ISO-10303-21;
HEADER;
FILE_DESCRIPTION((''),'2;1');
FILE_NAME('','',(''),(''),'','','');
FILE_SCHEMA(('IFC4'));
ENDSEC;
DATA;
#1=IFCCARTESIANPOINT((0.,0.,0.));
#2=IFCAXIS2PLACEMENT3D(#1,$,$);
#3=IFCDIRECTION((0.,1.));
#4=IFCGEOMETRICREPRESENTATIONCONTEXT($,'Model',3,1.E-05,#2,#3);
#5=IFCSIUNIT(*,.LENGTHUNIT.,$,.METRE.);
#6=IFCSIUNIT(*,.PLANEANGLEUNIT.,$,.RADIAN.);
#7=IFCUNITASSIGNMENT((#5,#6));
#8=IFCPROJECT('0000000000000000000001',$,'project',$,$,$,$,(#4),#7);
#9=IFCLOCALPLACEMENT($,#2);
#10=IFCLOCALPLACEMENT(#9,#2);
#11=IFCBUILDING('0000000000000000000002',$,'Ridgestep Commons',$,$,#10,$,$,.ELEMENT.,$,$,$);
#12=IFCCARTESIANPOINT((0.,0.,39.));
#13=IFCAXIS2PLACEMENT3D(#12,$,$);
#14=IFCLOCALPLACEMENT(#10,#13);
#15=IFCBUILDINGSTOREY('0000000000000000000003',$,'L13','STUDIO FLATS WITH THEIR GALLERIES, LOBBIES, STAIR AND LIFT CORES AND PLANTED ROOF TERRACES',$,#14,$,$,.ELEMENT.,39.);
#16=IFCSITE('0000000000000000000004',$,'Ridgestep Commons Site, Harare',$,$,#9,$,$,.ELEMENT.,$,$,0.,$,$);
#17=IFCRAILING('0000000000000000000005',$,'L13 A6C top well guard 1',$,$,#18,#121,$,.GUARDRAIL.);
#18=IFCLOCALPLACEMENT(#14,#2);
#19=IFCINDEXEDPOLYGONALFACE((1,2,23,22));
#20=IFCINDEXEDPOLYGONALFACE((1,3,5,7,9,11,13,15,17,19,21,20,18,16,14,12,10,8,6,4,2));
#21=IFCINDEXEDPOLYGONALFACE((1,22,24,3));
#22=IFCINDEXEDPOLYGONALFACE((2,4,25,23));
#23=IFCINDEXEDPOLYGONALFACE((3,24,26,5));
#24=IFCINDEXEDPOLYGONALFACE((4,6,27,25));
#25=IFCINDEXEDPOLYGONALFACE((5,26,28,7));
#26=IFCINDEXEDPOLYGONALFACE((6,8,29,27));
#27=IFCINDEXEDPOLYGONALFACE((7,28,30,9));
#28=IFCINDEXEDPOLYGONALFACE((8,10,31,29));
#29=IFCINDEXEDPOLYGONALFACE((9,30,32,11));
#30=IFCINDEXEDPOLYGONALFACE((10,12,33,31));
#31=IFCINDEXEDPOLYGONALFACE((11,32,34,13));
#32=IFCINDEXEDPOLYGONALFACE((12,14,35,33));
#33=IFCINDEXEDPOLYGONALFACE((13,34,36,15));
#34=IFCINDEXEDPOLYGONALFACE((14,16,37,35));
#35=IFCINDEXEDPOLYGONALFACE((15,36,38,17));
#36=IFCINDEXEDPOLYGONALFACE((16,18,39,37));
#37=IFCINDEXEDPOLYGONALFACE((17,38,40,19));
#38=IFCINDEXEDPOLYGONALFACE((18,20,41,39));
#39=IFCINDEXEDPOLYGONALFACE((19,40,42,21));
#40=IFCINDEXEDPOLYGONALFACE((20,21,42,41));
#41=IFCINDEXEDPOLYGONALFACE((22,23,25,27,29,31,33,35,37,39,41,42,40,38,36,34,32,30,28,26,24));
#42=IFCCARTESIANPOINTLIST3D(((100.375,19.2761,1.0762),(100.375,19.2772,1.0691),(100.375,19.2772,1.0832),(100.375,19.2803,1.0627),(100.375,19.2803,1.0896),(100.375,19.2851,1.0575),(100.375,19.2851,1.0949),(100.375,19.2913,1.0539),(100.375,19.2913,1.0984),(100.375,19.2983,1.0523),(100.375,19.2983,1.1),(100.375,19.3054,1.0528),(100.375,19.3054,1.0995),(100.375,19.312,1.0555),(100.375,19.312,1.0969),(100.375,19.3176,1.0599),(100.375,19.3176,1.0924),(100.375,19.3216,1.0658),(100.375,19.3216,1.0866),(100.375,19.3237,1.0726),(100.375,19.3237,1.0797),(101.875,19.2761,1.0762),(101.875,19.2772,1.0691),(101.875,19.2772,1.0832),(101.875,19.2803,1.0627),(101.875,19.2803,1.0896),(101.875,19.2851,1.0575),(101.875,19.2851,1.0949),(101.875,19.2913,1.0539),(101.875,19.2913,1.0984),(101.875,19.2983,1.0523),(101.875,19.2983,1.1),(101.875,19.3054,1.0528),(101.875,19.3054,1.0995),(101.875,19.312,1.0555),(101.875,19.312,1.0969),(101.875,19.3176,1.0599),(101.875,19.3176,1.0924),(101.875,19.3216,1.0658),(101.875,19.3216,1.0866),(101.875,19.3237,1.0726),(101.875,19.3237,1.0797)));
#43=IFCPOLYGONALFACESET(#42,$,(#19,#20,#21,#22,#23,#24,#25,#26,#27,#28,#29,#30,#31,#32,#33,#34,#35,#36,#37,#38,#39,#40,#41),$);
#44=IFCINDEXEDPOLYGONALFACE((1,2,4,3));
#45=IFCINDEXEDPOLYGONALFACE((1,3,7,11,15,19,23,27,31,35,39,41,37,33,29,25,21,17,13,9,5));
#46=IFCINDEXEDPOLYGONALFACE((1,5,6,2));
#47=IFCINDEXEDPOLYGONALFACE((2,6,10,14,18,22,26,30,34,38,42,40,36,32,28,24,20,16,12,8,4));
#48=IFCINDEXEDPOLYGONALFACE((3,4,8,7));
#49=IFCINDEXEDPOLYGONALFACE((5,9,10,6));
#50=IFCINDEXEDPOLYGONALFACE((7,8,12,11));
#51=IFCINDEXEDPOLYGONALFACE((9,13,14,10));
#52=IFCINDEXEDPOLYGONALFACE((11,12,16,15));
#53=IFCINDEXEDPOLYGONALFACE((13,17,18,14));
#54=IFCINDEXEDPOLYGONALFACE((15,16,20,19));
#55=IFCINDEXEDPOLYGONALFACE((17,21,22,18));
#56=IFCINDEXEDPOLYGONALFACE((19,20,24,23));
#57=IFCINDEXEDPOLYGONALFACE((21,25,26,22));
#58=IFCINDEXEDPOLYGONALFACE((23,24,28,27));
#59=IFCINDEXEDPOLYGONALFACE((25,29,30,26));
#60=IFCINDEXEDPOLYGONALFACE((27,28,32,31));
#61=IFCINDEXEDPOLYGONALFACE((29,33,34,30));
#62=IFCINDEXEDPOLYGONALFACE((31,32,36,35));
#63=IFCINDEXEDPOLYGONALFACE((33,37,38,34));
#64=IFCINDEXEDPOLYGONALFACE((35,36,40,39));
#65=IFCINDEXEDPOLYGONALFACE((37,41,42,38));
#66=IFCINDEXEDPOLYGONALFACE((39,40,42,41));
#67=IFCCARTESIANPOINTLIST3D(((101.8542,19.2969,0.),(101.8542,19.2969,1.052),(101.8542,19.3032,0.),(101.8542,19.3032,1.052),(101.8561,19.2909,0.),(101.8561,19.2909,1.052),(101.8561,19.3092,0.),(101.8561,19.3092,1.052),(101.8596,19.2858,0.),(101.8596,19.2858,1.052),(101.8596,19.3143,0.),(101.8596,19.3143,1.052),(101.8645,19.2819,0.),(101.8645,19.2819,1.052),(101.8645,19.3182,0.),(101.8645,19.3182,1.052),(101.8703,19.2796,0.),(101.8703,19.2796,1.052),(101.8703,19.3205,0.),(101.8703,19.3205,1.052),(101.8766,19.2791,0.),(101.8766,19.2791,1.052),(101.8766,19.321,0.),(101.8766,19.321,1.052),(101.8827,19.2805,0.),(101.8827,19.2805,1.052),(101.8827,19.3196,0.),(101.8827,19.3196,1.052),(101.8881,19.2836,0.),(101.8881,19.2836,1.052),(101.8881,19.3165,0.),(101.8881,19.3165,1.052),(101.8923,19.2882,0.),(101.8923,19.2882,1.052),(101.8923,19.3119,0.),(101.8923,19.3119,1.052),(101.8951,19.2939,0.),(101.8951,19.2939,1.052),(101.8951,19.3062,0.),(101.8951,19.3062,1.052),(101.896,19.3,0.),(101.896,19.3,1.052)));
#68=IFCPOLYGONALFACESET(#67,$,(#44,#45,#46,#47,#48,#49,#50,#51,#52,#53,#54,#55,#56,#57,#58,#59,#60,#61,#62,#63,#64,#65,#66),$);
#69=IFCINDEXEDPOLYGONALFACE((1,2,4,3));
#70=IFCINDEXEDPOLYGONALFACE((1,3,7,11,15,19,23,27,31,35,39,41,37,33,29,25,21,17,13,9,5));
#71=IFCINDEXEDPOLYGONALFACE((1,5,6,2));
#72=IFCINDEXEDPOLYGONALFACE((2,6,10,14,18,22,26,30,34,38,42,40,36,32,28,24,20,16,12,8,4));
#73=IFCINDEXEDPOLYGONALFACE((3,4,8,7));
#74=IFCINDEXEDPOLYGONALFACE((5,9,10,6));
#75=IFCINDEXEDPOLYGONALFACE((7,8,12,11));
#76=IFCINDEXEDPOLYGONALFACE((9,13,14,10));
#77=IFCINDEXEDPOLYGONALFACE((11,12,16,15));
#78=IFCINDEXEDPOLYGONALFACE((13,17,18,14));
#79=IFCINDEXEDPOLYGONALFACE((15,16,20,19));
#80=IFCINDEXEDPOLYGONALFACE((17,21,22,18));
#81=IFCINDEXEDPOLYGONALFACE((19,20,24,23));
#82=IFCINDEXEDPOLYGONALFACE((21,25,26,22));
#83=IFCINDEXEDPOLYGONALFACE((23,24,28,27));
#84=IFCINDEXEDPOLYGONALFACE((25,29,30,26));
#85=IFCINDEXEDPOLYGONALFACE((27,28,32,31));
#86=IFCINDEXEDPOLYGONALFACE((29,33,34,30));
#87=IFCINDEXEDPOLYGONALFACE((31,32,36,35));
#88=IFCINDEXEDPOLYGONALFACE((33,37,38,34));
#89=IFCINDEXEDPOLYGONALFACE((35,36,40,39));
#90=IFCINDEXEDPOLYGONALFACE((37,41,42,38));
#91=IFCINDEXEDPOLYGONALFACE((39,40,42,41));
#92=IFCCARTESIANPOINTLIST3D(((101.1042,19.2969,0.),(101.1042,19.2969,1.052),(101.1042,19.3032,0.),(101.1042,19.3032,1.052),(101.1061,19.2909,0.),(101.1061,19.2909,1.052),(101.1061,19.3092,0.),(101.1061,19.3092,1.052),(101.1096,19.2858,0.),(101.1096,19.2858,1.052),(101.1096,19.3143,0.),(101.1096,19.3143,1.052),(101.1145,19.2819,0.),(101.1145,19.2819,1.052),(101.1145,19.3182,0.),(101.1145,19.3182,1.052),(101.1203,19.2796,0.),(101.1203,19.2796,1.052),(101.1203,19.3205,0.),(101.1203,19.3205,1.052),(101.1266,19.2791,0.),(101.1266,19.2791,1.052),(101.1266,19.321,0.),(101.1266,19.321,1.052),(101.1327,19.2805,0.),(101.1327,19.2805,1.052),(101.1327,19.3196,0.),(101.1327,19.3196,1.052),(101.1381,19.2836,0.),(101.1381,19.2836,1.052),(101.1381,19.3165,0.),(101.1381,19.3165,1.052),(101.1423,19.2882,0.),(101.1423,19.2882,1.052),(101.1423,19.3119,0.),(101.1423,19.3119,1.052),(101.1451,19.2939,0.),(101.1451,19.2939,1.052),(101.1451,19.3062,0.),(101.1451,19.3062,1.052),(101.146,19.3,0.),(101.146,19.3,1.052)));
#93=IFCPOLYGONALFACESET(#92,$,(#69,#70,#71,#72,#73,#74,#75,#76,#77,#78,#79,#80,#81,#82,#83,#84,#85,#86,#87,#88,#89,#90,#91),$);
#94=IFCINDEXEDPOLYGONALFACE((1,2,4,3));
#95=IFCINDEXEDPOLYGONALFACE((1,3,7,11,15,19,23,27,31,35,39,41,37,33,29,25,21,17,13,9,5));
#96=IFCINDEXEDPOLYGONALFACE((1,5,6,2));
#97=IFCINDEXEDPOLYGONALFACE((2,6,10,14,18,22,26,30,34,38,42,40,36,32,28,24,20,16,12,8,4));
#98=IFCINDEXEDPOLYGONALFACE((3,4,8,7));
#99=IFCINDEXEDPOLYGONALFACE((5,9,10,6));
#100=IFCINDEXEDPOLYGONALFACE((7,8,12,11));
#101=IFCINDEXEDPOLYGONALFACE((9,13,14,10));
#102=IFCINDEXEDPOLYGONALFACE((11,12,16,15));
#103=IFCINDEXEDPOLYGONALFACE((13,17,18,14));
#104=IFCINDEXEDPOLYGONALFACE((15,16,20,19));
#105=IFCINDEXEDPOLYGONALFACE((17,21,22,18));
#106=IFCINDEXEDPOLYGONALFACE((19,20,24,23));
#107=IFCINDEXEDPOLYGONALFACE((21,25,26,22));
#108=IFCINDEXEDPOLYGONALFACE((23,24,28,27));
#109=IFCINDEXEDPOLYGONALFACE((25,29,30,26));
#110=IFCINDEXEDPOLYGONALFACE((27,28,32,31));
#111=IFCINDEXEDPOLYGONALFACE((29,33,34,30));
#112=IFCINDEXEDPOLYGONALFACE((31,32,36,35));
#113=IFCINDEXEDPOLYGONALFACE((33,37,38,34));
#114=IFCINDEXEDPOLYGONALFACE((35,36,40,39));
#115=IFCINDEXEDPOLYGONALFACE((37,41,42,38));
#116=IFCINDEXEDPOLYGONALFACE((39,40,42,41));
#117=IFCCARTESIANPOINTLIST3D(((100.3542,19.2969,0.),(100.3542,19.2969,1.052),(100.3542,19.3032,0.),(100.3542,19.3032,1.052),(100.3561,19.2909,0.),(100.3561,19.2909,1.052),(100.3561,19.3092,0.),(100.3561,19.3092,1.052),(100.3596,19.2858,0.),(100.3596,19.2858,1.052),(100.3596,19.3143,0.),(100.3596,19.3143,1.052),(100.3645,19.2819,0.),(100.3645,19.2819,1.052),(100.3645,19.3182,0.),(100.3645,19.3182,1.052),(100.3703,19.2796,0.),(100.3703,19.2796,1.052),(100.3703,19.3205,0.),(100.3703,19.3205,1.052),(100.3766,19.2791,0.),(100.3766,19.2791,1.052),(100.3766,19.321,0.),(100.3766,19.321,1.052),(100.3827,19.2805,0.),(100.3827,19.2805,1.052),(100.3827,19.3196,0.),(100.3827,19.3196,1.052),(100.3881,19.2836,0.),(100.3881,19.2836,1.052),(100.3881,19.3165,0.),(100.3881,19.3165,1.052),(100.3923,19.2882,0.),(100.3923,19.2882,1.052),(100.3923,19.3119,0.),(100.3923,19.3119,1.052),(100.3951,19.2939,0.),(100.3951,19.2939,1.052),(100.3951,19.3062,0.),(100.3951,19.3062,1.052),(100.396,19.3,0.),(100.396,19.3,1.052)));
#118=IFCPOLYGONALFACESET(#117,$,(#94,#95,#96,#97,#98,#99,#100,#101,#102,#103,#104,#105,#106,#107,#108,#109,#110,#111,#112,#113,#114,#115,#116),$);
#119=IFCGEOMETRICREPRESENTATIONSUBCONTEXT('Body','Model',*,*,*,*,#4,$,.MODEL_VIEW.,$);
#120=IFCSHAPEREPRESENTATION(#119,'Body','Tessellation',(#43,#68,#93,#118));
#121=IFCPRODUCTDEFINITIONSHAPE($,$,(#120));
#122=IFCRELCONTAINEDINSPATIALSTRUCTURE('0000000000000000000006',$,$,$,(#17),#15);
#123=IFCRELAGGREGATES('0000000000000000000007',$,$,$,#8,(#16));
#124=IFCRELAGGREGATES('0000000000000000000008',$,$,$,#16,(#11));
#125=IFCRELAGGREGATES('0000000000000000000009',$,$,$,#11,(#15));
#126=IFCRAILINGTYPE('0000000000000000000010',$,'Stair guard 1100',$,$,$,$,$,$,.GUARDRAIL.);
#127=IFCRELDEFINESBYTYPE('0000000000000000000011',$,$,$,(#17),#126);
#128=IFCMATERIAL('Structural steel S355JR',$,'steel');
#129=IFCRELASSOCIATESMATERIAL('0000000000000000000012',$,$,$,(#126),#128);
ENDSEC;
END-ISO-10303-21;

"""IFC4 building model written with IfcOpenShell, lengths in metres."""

from ifc_helpers import new_model, si_unit, direction, frame, origin, origin_2d, place, context, subcontext, project, spatial, circle, extrude, material, type_object, element, save


model = new_model("IFC4")

# Units and contexts
model_context = context("Model", 3, precision=1e-05, world=origin(), true_north=direction((0.0, 1.0)))
body_context = subcontext(model_context, "Body", "Model", "MODEL_VIEW")
ifc_project = project(units=[si_unit("LENGTHUNIT", "METRE"), si_unit("PLANEANGLEUNIT", "RADIAN")], contexts=[model_context])

# Site, building, storey
site_placement = place(None, origin())
site = spatial("IfcSite", under=ifc_project, at=site_placement, Name="Ridgestep Commons Site, Harare", CompositionType="ELEMENT", RefElevation=0.0)
building_placement = place(site_placement, origin())
building = spatial("IfcBuilding", under=site, at=building_placement, Name="Ridgestep Commons", CompositionType="ELEMENT")
storey_placement = place(building_placement, frame((0.0, 0.0, 39.0)))
storey = spatial("IfcBuildingStorey", under=building, at=storey_placement, Name="L13", Description="STUDIO FLATS WITH THEIR GALLERIES, LOBBIES, STAIR AND LIFT CORES AND PLANTED ROOF TERRACES", CompositionType="ELEMENT", Elevation=39.0)

# Railing
ifc_material_1 = material(Name="Structural steel S355JR", Category="steel")
railing_type_1 = type_object("IfcRailingType", Name="Stair guard 1100", PredefinedType="GUARDRAIL", material=ifc_material_1)
railing_1_placement = place(storey_placement, frame((101.875, 19.3, 0.0)))
element("IfcRailing", 1, at=railing_1_placement, inside=storey, type_object=railing_type_1, Name="L13 A6C top well guard 1", PredefinedType="GUARDRAIL", context=body_context, shape_type="SweptSolid", body=[
    extrude(circle(Radius=0.0239, at=origin_2d()), frame((0.0, 0.0, 1.0762), z_axis=(-1.0, 0.0, 0.0), x_axis=(0.0, -1.0, 0.0)), (0.0, 0.0, 1.0), 1.5),
    extrude(circle(Radius=0.021, at=origin_2d()), origin(), (0.0, 0.0, 1.0), 1.052),
    extrude(circle(Radius=0.021, at=origin_2d()), frame((-0.75, 0.0, 0.0)), (0.0, 0.0, 1.0), 1.052),
    extrude(circle(Radius=0.021, at=origin_2d()), frame((-1.5, 0.0, 0.0)), (0.0, 0.0, 1.0), 1.052),
])

save(model, "model.ifc")
